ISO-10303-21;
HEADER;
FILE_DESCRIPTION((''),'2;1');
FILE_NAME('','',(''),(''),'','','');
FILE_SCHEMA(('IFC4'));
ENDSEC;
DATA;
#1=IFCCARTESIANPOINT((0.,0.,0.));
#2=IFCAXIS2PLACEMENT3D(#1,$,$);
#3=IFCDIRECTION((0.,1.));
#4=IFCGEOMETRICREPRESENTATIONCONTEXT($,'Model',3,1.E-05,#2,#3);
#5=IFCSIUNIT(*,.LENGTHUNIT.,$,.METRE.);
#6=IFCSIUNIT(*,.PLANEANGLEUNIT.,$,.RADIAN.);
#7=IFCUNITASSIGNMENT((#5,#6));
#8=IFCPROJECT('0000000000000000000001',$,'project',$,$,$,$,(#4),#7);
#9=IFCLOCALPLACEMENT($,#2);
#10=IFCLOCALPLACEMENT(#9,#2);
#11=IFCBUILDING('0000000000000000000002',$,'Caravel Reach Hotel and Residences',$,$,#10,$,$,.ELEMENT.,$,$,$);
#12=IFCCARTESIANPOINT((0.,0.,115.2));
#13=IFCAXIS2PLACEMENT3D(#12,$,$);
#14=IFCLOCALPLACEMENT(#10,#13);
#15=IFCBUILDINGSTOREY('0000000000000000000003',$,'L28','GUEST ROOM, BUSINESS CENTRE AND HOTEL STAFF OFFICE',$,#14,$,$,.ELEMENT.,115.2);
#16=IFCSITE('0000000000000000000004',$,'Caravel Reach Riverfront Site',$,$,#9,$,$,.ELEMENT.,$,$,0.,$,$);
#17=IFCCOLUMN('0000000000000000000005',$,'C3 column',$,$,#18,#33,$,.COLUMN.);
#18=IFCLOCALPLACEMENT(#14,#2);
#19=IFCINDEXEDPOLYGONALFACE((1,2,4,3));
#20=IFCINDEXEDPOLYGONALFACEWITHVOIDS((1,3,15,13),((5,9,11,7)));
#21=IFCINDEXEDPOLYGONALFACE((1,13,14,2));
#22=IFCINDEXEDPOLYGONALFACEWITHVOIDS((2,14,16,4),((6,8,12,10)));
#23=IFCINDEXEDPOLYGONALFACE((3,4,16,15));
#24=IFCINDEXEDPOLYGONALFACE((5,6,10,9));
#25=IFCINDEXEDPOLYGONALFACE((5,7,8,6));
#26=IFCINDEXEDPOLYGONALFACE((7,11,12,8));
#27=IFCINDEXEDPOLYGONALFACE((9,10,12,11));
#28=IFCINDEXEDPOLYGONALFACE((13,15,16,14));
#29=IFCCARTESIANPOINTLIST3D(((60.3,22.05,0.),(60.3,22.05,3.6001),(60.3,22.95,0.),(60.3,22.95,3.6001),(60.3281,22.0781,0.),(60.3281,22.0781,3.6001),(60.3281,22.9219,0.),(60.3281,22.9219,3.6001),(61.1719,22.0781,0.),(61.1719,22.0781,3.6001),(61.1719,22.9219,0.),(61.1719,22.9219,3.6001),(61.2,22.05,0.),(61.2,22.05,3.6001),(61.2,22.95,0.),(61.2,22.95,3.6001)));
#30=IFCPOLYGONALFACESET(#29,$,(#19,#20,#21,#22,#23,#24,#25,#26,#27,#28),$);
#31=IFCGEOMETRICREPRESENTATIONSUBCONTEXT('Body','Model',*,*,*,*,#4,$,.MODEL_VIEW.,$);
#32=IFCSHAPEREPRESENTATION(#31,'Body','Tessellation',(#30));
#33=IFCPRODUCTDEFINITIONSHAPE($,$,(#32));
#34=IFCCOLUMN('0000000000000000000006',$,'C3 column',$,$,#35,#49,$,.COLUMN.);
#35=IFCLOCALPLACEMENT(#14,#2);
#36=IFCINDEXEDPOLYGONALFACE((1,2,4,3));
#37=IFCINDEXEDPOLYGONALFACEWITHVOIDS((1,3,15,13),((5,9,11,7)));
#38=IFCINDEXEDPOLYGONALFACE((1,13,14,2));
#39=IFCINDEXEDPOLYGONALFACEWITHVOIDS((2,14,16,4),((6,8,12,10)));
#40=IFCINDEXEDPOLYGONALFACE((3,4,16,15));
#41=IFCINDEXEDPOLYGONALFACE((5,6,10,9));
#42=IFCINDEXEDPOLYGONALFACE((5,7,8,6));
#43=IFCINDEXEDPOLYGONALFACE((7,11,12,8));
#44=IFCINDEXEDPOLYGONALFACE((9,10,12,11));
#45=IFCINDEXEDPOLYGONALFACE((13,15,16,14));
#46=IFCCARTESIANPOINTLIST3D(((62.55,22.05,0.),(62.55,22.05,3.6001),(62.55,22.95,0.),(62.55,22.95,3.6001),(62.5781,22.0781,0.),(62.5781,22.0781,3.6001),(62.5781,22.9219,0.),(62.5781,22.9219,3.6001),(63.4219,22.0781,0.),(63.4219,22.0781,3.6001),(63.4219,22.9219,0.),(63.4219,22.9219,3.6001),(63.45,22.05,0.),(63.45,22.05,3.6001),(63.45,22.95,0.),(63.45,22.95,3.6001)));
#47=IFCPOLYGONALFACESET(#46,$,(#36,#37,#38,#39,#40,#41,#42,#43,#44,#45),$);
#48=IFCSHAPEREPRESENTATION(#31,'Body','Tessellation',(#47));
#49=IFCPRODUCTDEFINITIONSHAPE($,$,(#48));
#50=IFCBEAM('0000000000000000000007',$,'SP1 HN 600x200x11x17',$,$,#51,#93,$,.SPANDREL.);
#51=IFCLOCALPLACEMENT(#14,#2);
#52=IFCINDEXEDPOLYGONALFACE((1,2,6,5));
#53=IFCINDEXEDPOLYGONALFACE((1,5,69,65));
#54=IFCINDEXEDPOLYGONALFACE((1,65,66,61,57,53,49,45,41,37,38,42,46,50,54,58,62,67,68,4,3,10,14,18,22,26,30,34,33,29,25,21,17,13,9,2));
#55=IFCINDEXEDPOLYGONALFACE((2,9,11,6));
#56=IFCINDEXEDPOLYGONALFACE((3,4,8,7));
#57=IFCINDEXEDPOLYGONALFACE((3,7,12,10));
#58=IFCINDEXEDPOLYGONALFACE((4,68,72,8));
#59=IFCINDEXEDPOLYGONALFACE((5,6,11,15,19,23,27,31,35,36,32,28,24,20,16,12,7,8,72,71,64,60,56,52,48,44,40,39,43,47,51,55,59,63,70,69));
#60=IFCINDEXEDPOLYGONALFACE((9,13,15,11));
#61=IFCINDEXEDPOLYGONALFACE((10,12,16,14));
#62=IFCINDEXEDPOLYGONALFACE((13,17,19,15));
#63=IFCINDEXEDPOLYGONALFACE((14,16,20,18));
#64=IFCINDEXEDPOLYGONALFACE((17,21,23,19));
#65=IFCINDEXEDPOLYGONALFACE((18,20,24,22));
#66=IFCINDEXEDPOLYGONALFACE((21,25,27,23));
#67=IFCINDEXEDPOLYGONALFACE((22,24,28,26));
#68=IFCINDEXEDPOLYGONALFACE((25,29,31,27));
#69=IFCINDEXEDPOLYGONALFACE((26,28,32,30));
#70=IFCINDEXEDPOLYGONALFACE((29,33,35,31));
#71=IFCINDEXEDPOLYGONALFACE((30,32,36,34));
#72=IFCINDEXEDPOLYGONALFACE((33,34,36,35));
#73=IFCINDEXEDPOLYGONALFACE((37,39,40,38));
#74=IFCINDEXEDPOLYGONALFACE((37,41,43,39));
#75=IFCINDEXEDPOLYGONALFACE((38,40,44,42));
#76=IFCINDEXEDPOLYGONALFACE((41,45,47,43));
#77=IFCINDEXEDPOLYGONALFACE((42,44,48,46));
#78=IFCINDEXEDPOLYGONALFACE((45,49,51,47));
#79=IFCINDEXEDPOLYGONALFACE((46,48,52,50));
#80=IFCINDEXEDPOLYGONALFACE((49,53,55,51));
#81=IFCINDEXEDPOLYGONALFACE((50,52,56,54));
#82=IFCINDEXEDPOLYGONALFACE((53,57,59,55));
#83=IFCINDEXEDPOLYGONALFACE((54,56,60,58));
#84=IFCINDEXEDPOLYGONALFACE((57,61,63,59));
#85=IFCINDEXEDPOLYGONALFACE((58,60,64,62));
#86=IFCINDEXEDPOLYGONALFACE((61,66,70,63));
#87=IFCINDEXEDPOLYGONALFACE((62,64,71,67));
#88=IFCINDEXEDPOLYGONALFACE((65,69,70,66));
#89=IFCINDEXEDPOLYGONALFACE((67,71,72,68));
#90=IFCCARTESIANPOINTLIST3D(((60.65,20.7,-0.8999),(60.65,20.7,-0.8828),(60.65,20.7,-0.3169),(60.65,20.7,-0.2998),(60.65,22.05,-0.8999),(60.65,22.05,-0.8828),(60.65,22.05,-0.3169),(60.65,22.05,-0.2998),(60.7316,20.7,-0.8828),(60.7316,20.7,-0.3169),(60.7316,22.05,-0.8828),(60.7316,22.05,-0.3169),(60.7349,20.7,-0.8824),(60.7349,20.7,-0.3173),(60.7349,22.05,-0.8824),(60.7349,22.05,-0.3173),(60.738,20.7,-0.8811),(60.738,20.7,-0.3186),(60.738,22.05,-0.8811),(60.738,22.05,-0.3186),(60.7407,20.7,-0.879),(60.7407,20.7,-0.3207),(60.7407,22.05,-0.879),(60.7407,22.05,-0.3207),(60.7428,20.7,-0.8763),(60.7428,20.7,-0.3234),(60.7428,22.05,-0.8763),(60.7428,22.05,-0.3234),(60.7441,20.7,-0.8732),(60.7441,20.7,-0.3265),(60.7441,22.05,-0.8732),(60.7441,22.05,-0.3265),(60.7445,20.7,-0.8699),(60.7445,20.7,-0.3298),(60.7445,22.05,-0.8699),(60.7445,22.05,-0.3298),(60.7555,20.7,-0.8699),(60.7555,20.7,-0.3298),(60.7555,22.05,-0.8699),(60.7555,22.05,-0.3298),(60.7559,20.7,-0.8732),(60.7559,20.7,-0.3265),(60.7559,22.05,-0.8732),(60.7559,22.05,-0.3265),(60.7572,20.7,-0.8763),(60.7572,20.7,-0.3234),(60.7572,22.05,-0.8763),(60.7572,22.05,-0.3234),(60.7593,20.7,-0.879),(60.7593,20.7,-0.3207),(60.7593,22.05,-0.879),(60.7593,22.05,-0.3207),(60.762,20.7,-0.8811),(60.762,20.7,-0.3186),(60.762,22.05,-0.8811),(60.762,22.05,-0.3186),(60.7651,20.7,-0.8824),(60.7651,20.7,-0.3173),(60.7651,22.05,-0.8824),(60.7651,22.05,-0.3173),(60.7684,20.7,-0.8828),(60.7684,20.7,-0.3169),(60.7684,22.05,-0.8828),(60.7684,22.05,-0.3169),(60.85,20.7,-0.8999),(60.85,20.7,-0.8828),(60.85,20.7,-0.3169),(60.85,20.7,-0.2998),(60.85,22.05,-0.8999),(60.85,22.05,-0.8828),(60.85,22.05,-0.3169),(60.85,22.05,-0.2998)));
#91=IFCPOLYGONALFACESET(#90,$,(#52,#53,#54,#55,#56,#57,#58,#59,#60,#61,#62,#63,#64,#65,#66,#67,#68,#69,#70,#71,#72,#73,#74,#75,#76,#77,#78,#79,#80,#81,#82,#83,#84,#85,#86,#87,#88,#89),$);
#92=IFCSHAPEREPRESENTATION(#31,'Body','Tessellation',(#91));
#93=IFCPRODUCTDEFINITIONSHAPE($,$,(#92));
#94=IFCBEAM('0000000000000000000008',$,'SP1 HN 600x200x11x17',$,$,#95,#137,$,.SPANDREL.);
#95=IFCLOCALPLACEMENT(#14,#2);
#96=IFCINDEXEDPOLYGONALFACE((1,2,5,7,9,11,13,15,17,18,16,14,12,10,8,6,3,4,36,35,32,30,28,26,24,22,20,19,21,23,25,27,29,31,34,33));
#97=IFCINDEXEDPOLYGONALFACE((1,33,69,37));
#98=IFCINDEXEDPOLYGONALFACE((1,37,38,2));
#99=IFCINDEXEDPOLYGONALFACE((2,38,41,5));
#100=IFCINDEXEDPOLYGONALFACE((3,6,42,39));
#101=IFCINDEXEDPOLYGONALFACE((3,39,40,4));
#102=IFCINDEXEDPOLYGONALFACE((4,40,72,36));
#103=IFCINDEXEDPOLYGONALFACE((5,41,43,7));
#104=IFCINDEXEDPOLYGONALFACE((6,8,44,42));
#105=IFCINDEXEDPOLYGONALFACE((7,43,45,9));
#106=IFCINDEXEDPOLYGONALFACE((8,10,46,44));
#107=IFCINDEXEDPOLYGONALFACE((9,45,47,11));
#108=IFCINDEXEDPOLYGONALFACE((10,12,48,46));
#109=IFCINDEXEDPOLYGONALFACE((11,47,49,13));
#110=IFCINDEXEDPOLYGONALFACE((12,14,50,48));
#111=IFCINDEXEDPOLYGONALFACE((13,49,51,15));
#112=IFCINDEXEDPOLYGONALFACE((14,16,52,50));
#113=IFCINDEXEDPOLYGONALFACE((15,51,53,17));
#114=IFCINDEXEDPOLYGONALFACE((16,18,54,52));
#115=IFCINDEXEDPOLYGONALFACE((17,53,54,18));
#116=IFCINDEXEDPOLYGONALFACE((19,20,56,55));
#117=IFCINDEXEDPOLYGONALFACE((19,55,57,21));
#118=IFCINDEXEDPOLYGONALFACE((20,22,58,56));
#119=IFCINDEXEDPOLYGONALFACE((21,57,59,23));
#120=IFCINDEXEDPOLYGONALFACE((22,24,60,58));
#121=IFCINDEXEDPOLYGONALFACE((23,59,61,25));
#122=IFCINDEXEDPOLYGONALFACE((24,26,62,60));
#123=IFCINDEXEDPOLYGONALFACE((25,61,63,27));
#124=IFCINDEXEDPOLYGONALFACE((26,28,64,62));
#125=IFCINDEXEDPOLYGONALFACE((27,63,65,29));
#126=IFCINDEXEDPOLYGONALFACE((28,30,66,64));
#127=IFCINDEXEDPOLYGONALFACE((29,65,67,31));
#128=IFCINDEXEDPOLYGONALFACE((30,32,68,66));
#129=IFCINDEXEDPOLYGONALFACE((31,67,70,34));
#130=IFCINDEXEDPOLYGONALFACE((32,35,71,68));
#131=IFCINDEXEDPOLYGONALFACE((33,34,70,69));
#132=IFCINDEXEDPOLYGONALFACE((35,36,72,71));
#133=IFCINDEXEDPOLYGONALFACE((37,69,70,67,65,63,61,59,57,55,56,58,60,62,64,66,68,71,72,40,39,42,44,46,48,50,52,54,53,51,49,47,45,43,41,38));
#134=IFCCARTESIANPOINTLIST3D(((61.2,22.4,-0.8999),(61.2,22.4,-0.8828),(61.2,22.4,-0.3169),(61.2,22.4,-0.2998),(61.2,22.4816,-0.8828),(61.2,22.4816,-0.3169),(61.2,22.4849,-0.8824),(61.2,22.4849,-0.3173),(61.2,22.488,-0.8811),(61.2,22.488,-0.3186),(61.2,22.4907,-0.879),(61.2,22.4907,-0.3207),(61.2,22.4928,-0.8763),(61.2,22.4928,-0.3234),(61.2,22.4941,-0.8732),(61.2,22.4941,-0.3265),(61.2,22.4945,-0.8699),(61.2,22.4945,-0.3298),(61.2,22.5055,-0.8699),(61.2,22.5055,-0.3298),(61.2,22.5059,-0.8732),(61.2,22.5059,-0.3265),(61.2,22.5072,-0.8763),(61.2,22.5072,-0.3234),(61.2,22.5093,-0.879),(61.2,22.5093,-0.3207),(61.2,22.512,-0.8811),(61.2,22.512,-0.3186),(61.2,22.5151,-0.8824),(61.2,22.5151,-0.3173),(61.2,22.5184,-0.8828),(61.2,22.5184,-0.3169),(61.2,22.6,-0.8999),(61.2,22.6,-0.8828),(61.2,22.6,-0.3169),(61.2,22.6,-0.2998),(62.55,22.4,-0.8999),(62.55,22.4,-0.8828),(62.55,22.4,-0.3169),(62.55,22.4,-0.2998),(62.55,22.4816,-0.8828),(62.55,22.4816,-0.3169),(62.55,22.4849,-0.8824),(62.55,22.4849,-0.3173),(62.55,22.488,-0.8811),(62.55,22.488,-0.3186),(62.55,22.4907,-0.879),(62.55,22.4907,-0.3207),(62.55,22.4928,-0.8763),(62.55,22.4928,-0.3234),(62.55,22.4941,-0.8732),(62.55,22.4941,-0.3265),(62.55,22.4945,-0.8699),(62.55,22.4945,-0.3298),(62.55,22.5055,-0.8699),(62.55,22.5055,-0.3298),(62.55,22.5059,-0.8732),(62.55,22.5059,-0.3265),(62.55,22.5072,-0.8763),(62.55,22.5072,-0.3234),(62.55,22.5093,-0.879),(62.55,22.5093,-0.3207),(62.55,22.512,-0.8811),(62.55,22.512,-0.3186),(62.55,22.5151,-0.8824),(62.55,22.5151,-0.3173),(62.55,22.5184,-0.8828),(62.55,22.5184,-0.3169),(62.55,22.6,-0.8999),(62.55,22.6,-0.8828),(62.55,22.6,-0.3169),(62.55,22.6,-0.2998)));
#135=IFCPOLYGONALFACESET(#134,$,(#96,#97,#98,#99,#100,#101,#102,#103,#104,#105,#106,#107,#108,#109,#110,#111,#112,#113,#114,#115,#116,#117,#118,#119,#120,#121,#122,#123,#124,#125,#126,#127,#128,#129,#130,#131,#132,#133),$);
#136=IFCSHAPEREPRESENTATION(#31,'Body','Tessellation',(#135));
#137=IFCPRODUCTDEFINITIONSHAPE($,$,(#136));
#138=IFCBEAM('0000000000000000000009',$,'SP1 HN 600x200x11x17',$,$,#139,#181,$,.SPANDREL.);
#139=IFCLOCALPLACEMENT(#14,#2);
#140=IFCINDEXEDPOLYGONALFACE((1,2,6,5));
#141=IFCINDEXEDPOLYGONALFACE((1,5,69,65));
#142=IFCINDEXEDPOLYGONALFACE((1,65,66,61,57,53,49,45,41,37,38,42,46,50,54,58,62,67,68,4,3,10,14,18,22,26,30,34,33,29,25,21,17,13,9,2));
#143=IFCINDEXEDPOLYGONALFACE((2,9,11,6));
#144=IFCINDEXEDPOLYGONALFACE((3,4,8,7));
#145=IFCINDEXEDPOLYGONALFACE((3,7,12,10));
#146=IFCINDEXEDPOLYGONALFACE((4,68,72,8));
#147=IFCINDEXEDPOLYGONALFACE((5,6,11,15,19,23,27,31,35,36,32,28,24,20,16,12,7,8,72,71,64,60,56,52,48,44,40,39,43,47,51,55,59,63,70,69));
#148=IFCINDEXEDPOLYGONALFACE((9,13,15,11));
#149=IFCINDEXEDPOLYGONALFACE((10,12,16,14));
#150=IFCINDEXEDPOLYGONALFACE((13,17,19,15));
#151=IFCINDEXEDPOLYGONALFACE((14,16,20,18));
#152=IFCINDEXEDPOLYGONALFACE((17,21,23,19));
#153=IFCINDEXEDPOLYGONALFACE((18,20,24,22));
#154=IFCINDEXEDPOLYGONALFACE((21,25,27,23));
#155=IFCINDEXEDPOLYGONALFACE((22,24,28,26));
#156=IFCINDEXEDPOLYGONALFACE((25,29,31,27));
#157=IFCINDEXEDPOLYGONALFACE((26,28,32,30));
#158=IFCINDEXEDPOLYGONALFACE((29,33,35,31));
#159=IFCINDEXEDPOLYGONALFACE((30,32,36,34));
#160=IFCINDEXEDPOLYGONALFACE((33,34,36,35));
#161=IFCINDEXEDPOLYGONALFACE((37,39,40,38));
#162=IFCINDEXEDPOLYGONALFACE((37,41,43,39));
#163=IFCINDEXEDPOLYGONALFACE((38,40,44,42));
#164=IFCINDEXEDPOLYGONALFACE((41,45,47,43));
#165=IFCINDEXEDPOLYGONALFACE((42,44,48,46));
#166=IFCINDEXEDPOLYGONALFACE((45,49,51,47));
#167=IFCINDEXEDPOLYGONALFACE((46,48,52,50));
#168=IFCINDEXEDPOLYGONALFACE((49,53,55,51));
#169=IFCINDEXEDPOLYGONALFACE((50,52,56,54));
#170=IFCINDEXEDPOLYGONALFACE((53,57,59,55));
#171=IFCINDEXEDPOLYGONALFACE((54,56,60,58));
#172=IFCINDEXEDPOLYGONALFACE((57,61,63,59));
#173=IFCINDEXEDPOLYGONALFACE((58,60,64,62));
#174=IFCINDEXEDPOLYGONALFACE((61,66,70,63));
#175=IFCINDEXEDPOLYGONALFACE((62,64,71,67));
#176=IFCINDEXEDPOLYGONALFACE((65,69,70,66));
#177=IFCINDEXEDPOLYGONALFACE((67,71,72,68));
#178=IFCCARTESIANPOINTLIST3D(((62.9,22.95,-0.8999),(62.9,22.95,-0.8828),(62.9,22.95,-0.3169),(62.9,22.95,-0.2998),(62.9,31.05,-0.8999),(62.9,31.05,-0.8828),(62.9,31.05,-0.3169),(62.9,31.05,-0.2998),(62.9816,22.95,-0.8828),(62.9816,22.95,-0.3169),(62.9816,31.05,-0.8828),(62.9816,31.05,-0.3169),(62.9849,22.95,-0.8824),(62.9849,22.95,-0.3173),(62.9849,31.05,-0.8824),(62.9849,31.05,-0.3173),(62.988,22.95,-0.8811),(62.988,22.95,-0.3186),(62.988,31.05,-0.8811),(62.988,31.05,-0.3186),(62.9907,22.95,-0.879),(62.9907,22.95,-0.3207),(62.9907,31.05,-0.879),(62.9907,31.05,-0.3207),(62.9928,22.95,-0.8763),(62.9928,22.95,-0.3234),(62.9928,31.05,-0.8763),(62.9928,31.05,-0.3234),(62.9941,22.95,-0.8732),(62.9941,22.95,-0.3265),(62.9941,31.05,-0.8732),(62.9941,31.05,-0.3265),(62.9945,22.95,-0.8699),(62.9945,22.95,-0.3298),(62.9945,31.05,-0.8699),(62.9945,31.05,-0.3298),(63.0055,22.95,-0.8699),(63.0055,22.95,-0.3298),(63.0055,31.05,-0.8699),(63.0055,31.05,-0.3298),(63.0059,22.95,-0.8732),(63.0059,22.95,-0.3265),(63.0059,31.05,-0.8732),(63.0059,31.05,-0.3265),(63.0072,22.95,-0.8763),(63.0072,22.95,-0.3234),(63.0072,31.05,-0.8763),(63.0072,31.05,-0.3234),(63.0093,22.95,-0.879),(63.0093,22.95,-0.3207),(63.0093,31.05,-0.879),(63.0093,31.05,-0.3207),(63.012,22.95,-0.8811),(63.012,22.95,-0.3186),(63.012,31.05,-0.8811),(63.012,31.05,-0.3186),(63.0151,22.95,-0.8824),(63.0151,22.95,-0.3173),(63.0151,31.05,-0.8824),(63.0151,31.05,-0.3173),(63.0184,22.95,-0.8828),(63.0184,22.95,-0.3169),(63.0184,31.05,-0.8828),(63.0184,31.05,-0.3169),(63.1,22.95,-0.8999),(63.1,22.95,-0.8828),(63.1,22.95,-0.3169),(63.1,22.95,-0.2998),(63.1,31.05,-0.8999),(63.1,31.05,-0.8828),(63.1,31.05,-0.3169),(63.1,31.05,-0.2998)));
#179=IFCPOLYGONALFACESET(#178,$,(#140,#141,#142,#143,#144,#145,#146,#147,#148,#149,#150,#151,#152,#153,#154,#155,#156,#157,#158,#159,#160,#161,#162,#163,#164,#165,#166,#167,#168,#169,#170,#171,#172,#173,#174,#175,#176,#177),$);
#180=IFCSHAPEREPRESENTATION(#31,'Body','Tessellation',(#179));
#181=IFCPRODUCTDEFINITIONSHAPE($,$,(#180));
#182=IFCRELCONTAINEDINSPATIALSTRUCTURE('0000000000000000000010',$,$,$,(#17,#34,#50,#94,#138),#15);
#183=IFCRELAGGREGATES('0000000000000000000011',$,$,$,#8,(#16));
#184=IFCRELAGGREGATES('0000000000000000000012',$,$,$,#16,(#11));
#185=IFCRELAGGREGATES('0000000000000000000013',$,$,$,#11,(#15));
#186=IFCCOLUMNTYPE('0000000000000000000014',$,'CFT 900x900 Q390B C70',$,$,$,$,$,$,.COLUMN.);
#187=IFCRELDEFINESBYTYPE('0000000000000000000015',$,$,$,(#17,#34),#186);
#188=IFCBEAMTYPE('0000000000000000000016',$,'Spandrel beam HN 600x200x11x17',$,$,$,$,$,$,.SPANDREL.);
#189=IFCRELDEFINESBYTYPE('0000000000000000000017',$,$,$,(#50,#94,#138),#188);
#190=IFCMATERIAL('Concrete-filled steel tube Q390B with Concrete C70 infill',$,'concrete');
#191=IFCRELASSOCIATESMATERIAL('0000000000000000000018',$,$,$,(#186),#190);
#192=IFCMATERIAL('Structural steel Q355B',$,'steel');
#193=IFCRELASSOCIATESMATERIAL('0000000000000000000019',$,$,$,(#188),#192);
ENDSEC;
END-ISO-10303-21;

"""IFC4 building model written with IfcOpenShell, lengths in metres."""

from ifc_helpers import new_model, si_unit, direction, frame, origin, origin_2d, place, context, subcontext, project, spatial, hollow_rectangle, i_section, extrude, material, material_profile, profile_set, type_object, element, save


model = new_model("IFC4")

# Units and contexts
model_context = context("Model", 3, precision=1e-05, world=origin(), true_north=direction((0.0, 1.0)))
body_context = subcontext(model_context, "Body", "Model", "MODEL_VIEW")
ifc_project = project(units=[si_unit("LENGTHUNIT", "METRE"), si_unit("PLANEANGLEUNIT", "RADIAN")], contexts=[model_context])

# Site, building, storey
site_placement = place(None, origin())
site = spatial("IfcSite", under=ifc_project, at=site_placement, Name="Caravel Reach Riverfront Site", CompositionType="ELEMENT", RefElevation=0.0)
building_placement = place(site_placement, origin())
building = spatial("IfcBuilding", under=site, at=building_placement, Name="Caravel Reach Hotel and Residences", CompositionType="ELEMENT")
storey_placement = place(building_placement, frame((0.0, 0.0, 115.2)))
storey = spatial("IfcBuildingStorey", under=building, at=storey_placement, Name="L28", Description="GUEST ROOM, BUSINESS CENTRE AND HOTEL STAFF OFFICE", CompositionType="ELEMENT", Elevation=115.2)

# Columns
ifc_material_1 = material(Name="Concrete-filled steel tube Q390B with Concrete C70 infill", Category="concrete")
ifc_material_profile_1 = material_profile(ifc_material_1, hollow_rectangle(XDim=0.8999, YDim=0.8999, WallThickness=0.0281, at=origin_2d()), Name="RHS 900x900x28")
ifc_profile_set_1 = profile_set([ifc_material_profile_1], Name="Concrete-filled steel tube Q390B with Concrete C70 infill")
column_type = type_object("IfcColumnType", Name="CFT 900x900 Q390B C70", PredefinedType="COLUMN", material=ifc_profile_set_1)
for number, where, z_axis, x_axis, name in (
    (1, (60.75, 22.5, 0.0), (0.0, 0.0, 1.0), (1.0, 0.0, 0.0), "C3 column"),
    (2, (63.0, 22.5, 0.0), (0.0, 0.0, 1.0), (1.0, 0.0, 0.0), "C3 column"),
):
    element("IfcColumn", number, at=place(storey_placement, frame(where, z_axis=z_axis, x_axis=x_axis)), inside=storey, type_object=column_type, Name=name, PredefinedType="COLUMN", context=body_context, shape_type="SweptSolid", body=[
        extrude(hollow_rectangle(XDim=0.8999, YDim=0.8999, WallThickness=0.0281, at=origin_2d()), origin(), (0.0, 0.0, 1.0), 3.6001),
    ])

# Beams
ifc_material_2 = material(Name="Structural steel Q355B", Category="steel")
ifc_material_profile_2 = material_profile(ifc_material_2, i_section(OverallWidth=0.2, OverallDepth=0.6001, WebThickness=0.011, FlangeThickness=0.0171, FilletRadius=0.0129, at=origin_2d()), Name="HN 600x200x11x17")
ifc_profile_set_2 = profile_set([ifc_material_profile_2], Name="Structural steel Q355B")
beam_type = type_object("IfcBeamType", Name="Spandrel beam HN 600x200x11x17", PredefinedType="SPANDREL", material=ifc_profile_set_2)
for number, where, z_axis, x_axis, name in (
    (3, (60.75, 20.7, -0.5999), (0.0, 1.0, 0.0), (-1.0, 0.0, 0.0), "SP1 HN 600x200x11x17"),
    (4, (61.2, 22.5, -0.5999), (1.0, 0.0, 0.0), (0.0, 1.0, 0.0), "SP1 HN 600x200x11x17"),
):
    element("IfcBeam", number, at=place(storey_placement, frame(where, z_axis=z_axis, x_axis=x_axis)), inside=storey, type_object=beam_type, Name=name, PredefinedType="SPANDREL", context=body_context, shape_type="SweptSolid", body=[
        extrude(i_section(OverallWidth=0.2, OverallDepth=0.6001, WebThickness=0.011, FlangeThickness=0.0171, FilletRadius=0.0129, at=origin_2d()), origin(), (0.0, 0.0, 1.0), 1.3501),
    ])
beam_placement = place(storey_placement, frame((63.0, 22.95, -0.5999), z_axis=(0.0, 1.0, 0.0), x_axis=(-1.0, 0.0, 0.0)))
element("IfcBeam", 5, at=beam_placement, inside=storey, type_object=beam_type, Name="SP1 HN 600x200x11x17", PredefinedType="SPANDREL", context=body_context, shape_type="SweptSolid", body=[
    extrude(i_section(OverallWidth=0.2, OverallDepth=0.6001, WebThickness=0.011, FlangeThickness=0.0171, FilletRadius=0.0129, at=origin_2d()), origin(), (0.0, 0.0, 1.0), 8.1001),
])

save(model, "model.ifc")
